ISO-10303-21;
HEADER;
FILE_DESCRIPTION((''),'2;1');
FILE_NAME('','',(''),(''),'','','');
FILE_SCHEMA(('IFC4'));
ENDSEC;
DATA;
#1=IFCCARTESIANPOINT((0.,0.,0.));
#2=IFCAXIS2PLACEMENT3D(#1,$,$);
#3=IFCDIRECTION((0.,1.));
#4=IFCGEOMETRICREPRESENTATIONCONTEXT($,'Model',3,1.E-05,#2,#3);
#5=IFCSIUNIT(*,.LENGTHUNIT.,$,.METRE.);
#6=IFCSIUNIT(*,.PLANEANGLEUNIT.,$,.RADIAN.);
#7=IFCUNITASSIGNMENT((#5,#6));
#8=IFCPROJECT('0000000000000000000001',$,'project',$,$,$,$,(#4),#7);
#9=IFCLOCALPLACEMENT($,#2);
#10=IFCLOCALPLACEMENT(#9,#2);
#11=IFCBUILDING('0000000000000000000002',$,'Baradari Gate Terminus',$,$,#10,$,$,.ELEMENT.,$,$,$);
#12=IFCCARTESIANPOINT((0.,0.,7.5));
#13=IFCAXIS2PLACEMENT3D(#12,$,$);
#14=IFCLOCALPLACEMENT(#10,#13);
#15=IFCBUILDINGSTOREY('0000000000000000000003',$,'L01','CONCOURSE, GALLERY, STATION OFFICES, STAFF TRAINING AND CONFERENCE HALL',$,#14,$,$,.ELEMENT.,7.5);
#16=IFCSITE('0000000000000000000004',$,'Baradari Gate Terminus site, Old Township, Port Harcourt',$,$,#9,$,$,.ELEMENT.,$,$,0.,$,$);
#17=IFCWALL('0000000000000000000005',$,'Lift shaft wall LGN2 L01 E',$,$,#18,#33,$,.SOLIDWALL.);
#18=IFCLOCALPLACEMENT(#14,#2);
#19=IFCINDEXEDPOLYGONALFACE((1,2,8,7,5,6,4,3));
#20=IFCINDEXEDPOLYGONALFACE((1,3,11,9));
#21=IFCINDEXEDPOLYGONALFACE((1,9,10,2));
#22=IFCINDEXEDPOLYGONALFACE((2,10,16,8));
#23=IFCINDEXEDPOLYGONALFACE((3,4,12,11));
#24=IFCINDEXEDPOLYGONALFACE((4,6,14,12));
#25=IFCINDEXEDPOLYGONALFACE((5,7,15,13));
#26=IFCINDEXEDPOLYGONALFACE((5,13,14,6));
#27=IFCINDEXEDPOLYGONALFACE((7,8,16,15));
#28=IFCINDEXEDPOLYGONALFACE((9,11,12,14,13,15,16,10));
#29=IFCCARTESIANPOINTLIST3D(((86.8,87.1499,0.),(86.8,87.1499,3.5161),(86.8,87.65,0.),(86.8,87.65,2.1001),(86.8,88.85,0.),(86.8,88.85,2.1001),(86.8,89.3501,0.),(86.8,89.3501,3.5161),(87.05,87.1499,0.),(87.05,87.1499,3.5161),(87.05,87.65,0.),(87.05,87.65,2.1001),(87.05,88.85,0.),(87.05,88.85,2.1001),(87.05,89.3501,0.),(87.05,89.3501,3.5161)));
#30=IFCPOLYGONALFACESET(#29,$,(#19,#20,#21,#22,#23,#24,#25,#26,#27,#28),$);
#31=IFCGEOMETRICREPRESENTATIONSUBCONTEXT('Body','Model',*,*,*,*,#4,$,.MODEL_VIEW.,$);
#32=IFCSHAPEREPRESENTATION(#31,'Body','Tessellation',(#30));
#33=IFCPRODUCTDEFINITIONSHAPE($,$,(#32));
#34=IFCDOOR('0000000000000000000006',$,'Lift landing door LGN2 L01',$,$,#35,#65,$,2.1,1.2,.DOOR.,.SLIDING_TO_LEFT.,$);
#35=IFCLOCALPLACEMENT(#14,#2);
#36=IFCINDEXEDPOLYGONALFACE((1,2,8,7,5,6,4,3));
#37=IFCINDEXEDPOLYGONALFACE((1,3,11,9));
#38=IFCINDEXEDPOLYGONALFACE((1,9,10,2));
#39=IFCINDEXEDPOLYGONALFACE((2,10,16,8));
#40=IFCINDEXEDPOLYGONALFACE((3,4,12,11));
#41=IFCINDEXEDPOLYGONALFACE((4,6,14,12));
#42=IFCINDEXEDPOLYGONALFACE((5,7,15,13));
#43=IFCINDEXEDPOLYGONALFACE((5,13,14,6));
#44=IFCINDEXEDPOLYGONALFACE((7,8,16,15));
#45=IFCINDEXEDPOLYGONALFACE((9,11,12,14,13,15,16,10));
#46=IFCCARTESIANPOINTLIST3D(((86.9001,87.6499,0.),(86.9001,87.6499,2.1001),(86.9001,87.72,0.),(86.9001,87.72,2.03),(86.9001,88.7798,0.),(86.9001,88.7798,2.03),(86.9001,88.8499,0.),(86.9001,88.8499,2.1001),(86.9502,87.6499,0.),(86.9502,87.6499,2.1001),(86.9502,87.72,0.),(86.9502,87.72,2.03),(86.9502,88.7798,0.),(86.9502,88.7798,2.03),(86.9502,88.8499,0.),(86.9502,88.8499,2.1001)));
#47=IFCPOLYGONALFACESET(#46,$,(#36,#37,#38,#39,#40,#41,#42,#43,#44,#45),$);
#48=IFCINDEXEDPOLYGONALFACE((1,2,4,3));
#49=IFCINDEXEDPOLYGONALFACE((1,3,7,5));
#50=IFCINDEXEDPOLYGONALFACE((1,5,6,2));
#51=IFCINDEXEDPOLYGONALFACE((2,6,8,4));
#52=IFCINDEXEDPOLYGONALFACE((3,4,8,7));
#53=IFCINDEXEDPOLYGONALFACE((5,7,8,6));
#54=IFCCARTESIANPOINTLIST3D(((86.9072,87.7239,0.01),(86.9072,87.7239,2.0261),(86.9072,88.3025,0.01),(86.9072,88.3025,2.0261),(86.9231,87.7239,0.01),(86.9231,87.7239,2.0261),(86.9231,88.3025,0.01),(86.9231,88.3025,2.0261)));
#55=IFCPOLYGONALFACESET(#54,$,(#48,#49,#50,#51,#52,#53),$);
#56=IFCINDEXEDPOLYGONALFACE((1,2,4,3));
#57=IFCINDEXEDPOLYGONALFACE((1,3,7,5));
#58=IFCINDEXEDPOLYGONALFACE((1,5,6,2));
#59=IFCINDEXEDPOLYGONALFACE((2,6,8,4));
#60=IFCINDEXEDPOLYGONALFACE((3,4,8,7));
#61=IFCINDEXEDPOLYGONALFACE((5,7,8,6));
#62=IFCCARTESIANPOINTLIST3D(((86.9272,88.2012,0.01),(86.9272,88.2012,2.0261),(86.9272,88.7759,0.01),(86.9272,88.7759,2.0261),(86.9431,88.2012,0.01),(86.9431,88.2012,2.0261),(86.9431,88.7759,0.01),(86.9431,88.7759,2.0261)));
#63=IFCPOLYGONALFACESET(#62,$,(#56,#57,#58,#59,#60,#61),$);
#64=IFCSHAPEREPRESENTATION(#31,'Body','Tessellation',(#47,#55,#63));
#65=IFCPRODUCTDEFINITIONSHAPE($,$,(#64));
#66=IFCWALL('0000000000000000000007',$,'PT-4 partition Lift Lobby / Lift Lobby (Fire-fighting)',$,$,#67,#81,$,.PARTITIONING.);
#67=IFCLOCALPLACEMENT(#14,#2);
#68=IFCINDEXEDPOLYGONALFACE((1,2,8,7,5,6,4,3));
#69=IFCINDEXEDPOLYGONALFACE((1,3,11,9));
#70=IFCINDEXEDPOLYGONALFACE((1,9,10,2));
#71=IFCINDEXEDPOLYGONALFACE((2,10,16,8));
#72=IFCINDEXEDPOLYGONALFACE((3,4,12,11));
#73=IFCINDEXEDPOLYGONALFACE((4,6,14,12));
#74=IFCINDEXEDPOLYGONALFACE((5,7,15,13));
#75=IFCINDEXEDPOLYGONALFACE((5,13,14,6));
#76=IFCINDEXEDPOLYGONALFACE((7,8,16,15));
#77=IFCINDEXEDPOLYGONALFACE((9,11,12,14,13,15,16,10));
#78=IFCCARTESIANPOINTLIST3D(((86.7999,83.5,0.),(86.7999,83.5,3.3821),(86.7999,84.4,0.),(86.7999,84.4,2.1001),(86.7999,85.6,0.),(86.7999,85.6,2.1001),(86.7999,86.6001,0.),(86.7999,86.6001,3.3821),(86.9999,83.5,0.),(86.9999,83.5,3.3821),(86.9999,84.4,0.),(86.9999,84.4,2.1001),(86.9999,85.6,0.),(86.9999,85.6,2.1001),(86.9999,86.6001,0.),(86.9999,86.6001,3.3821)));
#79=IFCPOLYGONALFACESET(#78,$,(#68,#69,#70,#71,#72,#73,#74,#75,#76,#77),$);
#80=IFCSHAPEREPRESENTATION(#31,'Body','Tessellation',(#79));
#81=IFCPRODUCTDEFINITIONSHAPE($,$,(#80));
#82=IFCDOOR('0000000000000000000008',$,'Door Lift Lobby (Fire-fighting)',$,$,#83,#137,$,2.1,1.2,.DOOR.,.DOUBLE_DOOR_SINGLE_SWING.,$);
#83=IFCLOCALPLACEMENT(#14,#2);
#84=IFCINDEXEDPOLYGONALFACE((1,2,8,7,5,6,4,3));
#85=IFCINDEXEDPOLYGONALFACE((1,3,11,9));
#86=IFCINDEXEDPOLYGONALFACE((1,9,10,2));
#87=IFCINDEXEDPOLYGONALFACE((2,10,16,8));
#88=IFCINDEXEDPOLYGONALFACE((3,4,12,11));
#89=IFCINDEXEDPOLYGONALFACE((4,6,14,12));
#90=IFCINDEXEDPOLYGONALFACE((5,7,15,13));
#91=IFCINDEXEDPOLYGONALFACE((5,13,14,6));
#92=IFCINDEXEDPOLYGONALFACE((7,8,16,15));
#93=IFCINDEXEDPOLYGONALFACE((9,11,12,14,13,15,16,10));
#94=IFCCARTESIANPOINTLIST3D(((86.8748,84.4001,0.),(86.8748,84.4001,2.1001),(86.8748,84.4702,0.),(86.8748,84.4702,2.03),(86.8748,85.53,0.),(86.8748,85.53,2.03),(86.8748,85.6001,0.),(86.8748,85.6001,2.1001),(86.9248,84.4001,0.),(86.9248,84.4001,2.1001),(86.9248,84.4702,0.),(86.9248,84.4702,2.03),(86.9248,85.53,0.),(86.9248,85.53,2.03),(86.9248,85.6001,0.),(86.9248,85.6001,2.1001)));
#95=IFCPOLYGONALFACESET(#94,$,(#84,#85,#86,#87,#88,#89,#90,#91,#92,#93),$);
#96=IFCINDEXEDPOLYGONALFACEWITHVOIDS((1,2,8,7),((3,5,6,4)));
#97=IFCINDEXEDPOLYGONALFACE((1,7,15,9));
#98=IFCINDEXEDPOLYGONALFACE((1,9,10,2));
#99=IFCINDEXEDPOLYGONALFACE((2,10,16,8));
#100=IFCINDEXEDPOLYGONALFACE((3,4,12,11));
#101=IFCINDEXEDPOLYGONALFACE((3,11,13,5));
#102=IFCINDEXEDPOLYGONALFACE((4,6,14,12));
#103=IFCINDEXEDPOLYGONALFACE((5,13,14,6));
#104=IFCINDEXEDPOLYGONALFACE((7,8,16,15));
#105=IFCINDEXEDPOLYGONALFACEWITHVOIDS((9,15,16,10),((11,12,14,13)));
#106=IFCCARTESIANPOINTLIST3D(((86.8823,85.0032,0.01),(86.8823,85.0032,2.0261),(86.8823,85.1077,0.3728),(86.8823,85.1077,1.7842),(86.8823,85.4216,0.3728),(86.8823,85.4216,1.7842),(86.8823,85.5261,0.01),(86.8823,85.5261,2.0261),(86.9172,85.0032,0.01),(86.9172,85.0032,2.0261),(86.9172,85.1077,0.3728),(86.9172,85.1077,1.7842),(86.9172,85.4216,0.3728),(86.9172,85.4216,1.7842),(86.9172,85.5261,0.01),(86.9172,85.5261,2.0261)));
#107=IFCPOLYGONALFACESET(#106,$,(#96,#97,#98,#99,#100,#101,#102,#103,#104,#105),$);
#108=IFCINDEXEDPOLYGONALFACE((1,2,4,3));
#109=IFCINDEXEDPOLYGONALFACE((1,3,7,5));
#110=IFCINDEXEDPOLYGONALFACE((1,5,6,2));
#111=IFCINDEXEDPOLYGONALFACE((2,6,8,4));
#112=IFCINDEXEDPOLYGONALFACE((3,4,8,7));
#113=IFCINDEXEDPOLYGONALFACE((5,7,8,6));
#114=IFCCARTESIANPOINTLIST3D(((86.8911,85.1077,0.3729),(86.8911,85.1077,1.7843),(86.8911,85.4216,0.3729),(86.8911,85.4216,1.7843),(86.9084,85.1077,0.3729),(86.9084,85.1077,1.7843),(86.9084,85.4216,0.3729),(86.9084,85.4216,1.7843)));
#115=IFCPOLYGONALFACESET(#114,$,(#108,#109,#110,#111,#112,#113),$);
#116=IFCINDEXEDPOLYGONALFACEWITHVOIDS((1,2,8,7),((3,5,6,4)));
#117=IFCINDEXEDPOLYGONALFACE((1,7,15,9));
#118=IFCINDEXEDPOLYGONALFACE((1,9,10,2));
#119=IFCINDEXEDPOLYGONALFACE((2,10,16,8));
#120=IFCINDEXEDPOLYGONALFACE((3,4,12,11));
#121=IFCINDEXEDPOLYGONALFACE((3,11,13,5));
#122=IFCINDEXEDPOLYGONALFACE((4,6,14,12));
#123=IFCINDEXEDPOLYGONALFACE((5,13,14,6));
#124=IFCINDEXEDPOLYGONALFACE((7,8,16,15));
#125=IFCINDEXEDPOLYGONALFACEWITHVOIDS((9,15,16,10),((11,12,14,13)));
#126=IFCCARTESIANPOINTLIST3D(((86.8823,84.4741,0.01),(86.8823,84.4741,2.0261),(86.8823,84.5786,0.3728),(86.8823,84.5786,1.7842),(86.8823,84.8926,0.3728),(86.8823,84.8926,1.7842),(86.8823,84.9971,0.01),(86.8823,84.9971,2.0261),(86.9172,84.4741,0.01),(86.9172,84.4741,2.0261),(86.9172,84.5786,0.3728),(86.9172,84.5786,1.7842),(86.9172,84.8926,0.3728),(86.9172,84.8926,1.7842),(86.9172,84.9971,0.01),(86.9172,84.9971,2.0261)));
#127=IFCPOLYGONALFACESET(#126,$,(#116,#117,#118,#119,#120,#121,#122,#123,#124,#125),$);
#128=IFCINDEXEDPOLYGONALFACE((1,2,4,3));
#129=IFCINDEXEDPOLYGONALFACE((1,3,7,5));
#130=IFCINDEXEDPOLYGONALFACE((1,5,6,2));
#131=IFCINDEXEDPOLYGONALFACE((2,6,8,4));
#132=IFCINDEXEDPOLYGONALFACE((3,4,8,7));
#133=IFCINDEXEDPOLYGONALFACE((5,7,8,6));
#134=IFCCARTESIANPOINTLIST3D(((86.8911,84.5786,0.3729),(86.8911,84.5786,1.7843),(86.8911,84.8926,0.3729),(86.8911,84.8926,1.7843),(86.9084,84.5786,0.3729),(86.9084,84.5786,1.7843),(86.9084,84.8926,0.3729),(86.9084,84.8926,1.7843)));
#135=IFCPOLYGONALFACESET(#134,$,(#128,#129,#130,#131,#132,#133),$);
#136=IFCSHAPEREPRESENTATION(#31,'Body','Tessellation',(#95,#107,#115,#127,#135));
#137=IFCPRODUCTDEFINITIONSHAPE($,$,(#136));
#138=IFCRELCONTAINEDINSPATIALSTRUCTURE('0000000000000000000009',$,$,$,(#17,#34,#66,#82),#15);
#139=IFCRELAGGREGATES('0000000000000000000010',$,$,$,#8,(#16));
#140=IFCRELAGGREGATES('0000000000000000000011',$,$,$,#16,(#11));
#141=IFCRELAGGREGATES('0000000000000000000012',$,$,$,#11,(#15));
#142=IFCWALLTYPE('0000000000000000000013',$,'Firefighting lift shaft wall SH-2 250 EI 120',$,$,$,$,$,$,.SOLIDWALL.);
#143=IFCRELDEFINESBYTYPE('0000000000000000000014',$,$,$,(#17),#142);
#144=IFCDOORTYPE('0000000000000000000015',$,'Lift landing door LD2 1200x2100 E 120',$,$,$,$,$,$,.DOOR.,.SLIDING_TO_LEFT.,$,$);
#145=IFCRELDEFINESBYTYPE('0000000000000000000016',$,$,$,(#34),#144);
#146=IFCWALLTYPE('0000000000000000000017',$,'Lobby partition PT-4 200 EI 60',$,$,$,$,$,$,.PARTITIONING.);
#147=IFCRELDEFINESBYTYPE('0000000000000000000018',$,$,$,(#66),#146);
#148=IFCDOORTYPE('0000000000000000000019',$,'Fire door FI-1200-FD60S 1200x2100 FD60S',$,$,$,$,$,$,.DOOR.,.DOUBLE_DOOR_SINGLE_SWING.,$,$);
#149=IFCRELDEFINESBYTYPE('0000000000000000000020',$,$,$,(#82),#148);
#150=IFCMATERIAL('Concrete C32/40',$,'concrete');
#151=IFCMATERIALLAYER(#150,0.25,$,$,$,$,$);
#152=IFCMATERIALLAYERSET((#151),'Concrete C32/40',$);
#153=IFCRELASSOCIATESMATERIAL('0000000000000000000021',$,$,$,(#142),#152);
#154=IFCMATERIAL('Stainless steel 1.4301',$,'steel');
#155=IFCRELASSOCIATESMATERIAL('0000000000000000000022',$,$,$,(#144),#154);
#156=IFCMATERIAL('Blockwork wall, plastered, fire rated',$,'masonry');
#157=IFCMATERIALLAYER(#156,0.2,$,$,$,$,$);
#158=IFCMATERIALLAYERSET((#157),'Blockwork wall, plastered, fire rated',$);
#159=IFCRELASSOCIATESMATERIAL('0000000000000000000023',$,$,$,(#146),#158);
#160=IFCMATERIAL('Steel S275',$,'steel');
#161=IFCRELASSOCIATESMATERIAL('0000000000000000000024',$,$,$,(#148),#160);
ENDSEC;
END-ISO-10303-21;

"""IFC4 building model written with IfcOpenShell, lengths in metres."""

from ifc_helpers import new_model, si_unit, direction, frame, frame_2d, origin, place, context, subcontext, project, spatial, polyline, rectangle, outline, extrude, material, layer, layer_set, type_object, element, fill, save


model = new_model("IFC4")

# Units and contexts
model_context = context("Model", 3, precision=1e-05, world=origin(), true_north=direction((0.0, 1.0)))
body_context = subcontext(model_context, "Body", "Model", "MODEL_VIEW")
ifc_project = project(units=[si_unit("LENGTHUNIT", "METRE"), si_unit("PLANEANGLEUNIT", "RADIAN")], contexts=[model_context])

# Site, building, storey
site_placement = place(None, origin())
site = spatial("IfcSite", under=ifc_project, at=site_placement, Name="Baradari Gate Terminus site, Old Township, Port Harcourt", CompositionType="ELEMENT", RefElevation=0.0)
building_placement = place(site_placement, origin())
building = spatial("IfcBuilding", under=site, at=building_placement, Name="Baradari Gate Terminus", CompositionType="ELEMENT")
storey_placement = place(building_placement, frame((0.0, 0.0, 7.5)))
storey = spatial("IfcBuildingStorey", under=building, at=storey_placement, Name="L01", Description="CONCOURSE, GALLERY, STATION OFFICES, STAFF TRAINING AND CONFERENCE HALL", CompositionType="ELEMENT", Elevation=7.5)

# Shared definitions
ifc_material_1 = material(Name="Concrete C32/40", Category="concrete")
ifc_layer_1 = layer(ifc_material_1, 0.25)
ifc_layer_set_1 = layer_set([ifc_layer_1], Name="Concrete C32/40")
wall_type_1 = type_object("IfcWallType", Name="Firefighting lift shaft wall SH-2 250 EI 120", PredefinedType="SOLIDWALL", material=ifc_layer_set_1)

# Walls, openings, doors
wall_1_placement = place(storey_placement, frame((86.925, 87.1499, 0.0), z_axis=(0.0, 0.0, 1.0), x_axis=(0.0, 1.0, 0.0)))
wall_1 = element("IfcWall", 1, at=wall_1_placement, inside=storey, type_object=wall_type_1, Name="Lift shaft wall LGN2 L01 E", PredefinedType="SOLIDWALL", context=body_context, shape_type="SweptSolid", body=[
    extrude(rectangle(XDim=2.2002, YDim=0.25, at=frame_2d((1.1001, 0.0))), origin(), (0.0, 0.0, 1.0), 3.5161),
])
opening_1_placement = place(wall_1_placement, frame((0.5, 0.0, 0.0)))
opening_1 = element("IfcOpeningElement", 2, at=opening_1_placement, cuts=wall_1, PredefinedType="OPENING", context=body_context, shape_type="SweptSolid", body=[
    extrude(rectangle(XDim=1.2, YDim=2.1001, at=frame_2d((0.6001, 1.05))), frame((0.0, 0.135, 0.0), z_axis=(0.0, -1.0, 0.0), x_axis=(1.0, 0.0, 0.0)), (0.0, 0.0, 1.0), 0.27),
])
ifc_material_2 = material(Name="Stainless steel 1.4301", Category="steel")
door_type_1 = type_object("IfcDoorType", Name="Lift landing door LD2 1200x2100 E 120", OperationType="SLIDING_TO_LEFT", PredefinedType="DOOR", material=ifc_material_2)
door_1_placement = place(opening_1_placement, origin())
door_1 = element("IfcDoor", 3, at=door_1_placement, inside=storey, type_object=door_type_1, Name="Lift landing door LGN2 L01", OperationType="SLIDING_TO_LEFT", OverallHeight=2.1, OverallWidth=1.2, PredefinedType="DOOR", context=body_context, shape_type="SweptSolid", body=[
    extrude(outline(polyline([(0.0, 0.0), (0.0701, 0.0), (0.0701, 2.03), (1.1299, 2.03), (1.1299, 0.0), (1.2, 0.0), (1.2, 2.1001), (0.0, 2.1001), (0.0, 0.0)])), frame((0.0, 0.0249, 0.0), z_axis=(0.0, -1.0, 0.0), x_axis=(1.0, 0.0, 0.0)), (0.0, 0.0, 1.0), 0.05),
    extrude(rectangle(XDim=0.5786, YDim=2.0161, at=frame_2d((0.3633, 1.0181))), frame((0.0, 0.0178, 0.0), z_axis=(0.0, -1.0, 0.0), x_axis=(1.0, 0.0, 0.0)), (0.0, 0.0, 1.0), 0.0159),
    extrude(rectangle(XDim=0.5747, YDim=2.0161, at=frame_2d((0.8386, 1.0181))), frame((0.0, -0.0022, 0.0), z_axis=(0.0, -1.0, 0.0), x_axis=(1.0, 0.0, 0.0)), (0.0, 0.0, 1.0), 0.0159),
])
fill(opening_1, door_1)
ifc_material_3 = material(Name="Blockwork wall, plastered, fire rated", Category="masonry")
ifc_layer_2 = layer(ifc_material_3, 0.2)
ifc_layer_set_2 = layer_set([ifc_layer_2], Name="Blockwork wall, plastered, fire rated")
wall_type_2 = type_object("IfcWallType", Name="Lobby partition PT-4 200 EI 60", PredefinedType="PARTITIONING", material=ifc_layer_set_2)
wall_2_placement = place(storey_placement, frame((86.8999, 86.6001, 0.0), z_axis=(0.0, 0.0, 1.0), x_axis=(0.0, -1.0, 0.0)))
wall_2 = element("IfcWall", 4, at=wall_2_placement, inside=storey, type_object=wall_type_2, Name="PT-4 partition Lift Lobby / Lift Lobby (Fire-fighting)", PredefinedType="PARTITIONING", context=body_context, shape_type="SweptSolid", body=[
    extrude(rectangle(XDim=3.1001, YDim=0.2, at=frame_2d((1.55, 0.0))), origin(), (0.0, 0.0, 1.0), 3.3821),
])
opening_2_placement = place(wall_2_placement, frame((1.0, 0.0, 0.0)))
opening_2 = element("IfcOpeningElement", 5, at=opening_2_placement, cuts=wall_2, PredefinedType="OPENING", context=body_context, shape_type="SweptSolid", body=[
    extrude(rectangle(XDim=1.2, YDim=2.1001, at=frame_2d((0.6001, 1.05))), frame((0.0, 0.1099, 0.0), z_axis=(0.0, -1.0, 0.0), x_axis=(1.0, 0.0, 0.0)), (0.0, 0.0, 1.0), 0.22),
])
ifc_material_4 = material(Name="Steel S275", Category="steel")
door_type_2 = type_object("IfcDoorType", Name="Fire door FI-1200-FD60S 1200x2100 FD60S", OperationType="DOUBLE_DOOR_SINGLE_SWING", PredefinedType="DOOR", material=ifc_material_4)
door_2_placement = place(opening_2_placement, origin())
door_2 = element("IfcDoor", 6, at=door_2_placement, inside=storey, type_object=door_type_2, Name="Door Lift Lobby (Fire-fighting)", OperationType="DOUBLE_DOOR_SINGLE_SWING", OverallHeight=2.1, OverallWidth=1.2, PredefinedType="DOOR", context=body_context, shape_type="SweptSolid", body=[
    extrude(outline(polyline([(0.0, 0.0), (0.0701, 0.0), (0.0701, 2.03), (1.1299, 2.03), (1.1299, 0.0), (1.2, 0.0), (1.2, 2.1001), (0.0, 2.1001), (0.0, 0.0)])), frame((0.0, 0.0249, 0.0), z_axis=(0.0, -1.0, 0.0), x_axis=(1.0, 0.0, 0.0)), (0.0, 0.0, 1.0), 0.05),
    extrude(outline(polyline([(0.074, 0.01), (0.5969, 0.01), (0.5969, 2.0261), (0.074, 2.0261), (0.074, 0.01)]), holes=[polyline([(0.1785, 0.3728), (0.4924, 0.3728), (0.4924, 1.7842), (0.1785, 1.7842), (0.1785, 0.3728)])]), frame((0.0, 0.0173, 0.0), z_axis=(0.0, -1.0, 0.0), x_axis=(1.0, 0.0, 0.0)), (0.0, 0.0, 1.0), 0.0349),
    extrude(rectangle(XDim=0.314, YDim=1.4114, at=frame_2d((0.3354, 1.0786))), frame((0.0, 0.0085, 0.0), z_axis=(0.0, -1.0, 0.0), x_axis=(1.0, 0.0, 0.0)), (0.0, 0.0, 1.0), 0.0173),
    extrude(outline(polyline([(0.603, 0.01), (1.126, 0.01), (1.126, 2.0261), (0.603, 2.0261), (0.603, 0.01)]), holes=[polyline([(0.7075, 0.3728), (1.0215, 0.3728), (1.0215, 1.7842), (0.7075, 1.7842), (0.7075, 0.3728)])]), frame((0.0, 0.0173, 0.0), z_axis=(0.0, -1.0, 0.0), x_axis=(1.0, 0.0, 0.0)), (0.0, 0.0, 1.0), 0.0349),
    extrude(rectangle(XDim=0.314, YDim=1.4114, at=frame_2d((0.8645, 1.0786))), frame((0.0, 0.0085, 0.0), z_axis=(0.0, -1.0, 0.0), x_axis=(1.0, 0.0, 0.0)), (0.0, 0.0, 1.0), 0.0173),
])
fill(opening_2, door_2)

save(model, "model.ifc")
